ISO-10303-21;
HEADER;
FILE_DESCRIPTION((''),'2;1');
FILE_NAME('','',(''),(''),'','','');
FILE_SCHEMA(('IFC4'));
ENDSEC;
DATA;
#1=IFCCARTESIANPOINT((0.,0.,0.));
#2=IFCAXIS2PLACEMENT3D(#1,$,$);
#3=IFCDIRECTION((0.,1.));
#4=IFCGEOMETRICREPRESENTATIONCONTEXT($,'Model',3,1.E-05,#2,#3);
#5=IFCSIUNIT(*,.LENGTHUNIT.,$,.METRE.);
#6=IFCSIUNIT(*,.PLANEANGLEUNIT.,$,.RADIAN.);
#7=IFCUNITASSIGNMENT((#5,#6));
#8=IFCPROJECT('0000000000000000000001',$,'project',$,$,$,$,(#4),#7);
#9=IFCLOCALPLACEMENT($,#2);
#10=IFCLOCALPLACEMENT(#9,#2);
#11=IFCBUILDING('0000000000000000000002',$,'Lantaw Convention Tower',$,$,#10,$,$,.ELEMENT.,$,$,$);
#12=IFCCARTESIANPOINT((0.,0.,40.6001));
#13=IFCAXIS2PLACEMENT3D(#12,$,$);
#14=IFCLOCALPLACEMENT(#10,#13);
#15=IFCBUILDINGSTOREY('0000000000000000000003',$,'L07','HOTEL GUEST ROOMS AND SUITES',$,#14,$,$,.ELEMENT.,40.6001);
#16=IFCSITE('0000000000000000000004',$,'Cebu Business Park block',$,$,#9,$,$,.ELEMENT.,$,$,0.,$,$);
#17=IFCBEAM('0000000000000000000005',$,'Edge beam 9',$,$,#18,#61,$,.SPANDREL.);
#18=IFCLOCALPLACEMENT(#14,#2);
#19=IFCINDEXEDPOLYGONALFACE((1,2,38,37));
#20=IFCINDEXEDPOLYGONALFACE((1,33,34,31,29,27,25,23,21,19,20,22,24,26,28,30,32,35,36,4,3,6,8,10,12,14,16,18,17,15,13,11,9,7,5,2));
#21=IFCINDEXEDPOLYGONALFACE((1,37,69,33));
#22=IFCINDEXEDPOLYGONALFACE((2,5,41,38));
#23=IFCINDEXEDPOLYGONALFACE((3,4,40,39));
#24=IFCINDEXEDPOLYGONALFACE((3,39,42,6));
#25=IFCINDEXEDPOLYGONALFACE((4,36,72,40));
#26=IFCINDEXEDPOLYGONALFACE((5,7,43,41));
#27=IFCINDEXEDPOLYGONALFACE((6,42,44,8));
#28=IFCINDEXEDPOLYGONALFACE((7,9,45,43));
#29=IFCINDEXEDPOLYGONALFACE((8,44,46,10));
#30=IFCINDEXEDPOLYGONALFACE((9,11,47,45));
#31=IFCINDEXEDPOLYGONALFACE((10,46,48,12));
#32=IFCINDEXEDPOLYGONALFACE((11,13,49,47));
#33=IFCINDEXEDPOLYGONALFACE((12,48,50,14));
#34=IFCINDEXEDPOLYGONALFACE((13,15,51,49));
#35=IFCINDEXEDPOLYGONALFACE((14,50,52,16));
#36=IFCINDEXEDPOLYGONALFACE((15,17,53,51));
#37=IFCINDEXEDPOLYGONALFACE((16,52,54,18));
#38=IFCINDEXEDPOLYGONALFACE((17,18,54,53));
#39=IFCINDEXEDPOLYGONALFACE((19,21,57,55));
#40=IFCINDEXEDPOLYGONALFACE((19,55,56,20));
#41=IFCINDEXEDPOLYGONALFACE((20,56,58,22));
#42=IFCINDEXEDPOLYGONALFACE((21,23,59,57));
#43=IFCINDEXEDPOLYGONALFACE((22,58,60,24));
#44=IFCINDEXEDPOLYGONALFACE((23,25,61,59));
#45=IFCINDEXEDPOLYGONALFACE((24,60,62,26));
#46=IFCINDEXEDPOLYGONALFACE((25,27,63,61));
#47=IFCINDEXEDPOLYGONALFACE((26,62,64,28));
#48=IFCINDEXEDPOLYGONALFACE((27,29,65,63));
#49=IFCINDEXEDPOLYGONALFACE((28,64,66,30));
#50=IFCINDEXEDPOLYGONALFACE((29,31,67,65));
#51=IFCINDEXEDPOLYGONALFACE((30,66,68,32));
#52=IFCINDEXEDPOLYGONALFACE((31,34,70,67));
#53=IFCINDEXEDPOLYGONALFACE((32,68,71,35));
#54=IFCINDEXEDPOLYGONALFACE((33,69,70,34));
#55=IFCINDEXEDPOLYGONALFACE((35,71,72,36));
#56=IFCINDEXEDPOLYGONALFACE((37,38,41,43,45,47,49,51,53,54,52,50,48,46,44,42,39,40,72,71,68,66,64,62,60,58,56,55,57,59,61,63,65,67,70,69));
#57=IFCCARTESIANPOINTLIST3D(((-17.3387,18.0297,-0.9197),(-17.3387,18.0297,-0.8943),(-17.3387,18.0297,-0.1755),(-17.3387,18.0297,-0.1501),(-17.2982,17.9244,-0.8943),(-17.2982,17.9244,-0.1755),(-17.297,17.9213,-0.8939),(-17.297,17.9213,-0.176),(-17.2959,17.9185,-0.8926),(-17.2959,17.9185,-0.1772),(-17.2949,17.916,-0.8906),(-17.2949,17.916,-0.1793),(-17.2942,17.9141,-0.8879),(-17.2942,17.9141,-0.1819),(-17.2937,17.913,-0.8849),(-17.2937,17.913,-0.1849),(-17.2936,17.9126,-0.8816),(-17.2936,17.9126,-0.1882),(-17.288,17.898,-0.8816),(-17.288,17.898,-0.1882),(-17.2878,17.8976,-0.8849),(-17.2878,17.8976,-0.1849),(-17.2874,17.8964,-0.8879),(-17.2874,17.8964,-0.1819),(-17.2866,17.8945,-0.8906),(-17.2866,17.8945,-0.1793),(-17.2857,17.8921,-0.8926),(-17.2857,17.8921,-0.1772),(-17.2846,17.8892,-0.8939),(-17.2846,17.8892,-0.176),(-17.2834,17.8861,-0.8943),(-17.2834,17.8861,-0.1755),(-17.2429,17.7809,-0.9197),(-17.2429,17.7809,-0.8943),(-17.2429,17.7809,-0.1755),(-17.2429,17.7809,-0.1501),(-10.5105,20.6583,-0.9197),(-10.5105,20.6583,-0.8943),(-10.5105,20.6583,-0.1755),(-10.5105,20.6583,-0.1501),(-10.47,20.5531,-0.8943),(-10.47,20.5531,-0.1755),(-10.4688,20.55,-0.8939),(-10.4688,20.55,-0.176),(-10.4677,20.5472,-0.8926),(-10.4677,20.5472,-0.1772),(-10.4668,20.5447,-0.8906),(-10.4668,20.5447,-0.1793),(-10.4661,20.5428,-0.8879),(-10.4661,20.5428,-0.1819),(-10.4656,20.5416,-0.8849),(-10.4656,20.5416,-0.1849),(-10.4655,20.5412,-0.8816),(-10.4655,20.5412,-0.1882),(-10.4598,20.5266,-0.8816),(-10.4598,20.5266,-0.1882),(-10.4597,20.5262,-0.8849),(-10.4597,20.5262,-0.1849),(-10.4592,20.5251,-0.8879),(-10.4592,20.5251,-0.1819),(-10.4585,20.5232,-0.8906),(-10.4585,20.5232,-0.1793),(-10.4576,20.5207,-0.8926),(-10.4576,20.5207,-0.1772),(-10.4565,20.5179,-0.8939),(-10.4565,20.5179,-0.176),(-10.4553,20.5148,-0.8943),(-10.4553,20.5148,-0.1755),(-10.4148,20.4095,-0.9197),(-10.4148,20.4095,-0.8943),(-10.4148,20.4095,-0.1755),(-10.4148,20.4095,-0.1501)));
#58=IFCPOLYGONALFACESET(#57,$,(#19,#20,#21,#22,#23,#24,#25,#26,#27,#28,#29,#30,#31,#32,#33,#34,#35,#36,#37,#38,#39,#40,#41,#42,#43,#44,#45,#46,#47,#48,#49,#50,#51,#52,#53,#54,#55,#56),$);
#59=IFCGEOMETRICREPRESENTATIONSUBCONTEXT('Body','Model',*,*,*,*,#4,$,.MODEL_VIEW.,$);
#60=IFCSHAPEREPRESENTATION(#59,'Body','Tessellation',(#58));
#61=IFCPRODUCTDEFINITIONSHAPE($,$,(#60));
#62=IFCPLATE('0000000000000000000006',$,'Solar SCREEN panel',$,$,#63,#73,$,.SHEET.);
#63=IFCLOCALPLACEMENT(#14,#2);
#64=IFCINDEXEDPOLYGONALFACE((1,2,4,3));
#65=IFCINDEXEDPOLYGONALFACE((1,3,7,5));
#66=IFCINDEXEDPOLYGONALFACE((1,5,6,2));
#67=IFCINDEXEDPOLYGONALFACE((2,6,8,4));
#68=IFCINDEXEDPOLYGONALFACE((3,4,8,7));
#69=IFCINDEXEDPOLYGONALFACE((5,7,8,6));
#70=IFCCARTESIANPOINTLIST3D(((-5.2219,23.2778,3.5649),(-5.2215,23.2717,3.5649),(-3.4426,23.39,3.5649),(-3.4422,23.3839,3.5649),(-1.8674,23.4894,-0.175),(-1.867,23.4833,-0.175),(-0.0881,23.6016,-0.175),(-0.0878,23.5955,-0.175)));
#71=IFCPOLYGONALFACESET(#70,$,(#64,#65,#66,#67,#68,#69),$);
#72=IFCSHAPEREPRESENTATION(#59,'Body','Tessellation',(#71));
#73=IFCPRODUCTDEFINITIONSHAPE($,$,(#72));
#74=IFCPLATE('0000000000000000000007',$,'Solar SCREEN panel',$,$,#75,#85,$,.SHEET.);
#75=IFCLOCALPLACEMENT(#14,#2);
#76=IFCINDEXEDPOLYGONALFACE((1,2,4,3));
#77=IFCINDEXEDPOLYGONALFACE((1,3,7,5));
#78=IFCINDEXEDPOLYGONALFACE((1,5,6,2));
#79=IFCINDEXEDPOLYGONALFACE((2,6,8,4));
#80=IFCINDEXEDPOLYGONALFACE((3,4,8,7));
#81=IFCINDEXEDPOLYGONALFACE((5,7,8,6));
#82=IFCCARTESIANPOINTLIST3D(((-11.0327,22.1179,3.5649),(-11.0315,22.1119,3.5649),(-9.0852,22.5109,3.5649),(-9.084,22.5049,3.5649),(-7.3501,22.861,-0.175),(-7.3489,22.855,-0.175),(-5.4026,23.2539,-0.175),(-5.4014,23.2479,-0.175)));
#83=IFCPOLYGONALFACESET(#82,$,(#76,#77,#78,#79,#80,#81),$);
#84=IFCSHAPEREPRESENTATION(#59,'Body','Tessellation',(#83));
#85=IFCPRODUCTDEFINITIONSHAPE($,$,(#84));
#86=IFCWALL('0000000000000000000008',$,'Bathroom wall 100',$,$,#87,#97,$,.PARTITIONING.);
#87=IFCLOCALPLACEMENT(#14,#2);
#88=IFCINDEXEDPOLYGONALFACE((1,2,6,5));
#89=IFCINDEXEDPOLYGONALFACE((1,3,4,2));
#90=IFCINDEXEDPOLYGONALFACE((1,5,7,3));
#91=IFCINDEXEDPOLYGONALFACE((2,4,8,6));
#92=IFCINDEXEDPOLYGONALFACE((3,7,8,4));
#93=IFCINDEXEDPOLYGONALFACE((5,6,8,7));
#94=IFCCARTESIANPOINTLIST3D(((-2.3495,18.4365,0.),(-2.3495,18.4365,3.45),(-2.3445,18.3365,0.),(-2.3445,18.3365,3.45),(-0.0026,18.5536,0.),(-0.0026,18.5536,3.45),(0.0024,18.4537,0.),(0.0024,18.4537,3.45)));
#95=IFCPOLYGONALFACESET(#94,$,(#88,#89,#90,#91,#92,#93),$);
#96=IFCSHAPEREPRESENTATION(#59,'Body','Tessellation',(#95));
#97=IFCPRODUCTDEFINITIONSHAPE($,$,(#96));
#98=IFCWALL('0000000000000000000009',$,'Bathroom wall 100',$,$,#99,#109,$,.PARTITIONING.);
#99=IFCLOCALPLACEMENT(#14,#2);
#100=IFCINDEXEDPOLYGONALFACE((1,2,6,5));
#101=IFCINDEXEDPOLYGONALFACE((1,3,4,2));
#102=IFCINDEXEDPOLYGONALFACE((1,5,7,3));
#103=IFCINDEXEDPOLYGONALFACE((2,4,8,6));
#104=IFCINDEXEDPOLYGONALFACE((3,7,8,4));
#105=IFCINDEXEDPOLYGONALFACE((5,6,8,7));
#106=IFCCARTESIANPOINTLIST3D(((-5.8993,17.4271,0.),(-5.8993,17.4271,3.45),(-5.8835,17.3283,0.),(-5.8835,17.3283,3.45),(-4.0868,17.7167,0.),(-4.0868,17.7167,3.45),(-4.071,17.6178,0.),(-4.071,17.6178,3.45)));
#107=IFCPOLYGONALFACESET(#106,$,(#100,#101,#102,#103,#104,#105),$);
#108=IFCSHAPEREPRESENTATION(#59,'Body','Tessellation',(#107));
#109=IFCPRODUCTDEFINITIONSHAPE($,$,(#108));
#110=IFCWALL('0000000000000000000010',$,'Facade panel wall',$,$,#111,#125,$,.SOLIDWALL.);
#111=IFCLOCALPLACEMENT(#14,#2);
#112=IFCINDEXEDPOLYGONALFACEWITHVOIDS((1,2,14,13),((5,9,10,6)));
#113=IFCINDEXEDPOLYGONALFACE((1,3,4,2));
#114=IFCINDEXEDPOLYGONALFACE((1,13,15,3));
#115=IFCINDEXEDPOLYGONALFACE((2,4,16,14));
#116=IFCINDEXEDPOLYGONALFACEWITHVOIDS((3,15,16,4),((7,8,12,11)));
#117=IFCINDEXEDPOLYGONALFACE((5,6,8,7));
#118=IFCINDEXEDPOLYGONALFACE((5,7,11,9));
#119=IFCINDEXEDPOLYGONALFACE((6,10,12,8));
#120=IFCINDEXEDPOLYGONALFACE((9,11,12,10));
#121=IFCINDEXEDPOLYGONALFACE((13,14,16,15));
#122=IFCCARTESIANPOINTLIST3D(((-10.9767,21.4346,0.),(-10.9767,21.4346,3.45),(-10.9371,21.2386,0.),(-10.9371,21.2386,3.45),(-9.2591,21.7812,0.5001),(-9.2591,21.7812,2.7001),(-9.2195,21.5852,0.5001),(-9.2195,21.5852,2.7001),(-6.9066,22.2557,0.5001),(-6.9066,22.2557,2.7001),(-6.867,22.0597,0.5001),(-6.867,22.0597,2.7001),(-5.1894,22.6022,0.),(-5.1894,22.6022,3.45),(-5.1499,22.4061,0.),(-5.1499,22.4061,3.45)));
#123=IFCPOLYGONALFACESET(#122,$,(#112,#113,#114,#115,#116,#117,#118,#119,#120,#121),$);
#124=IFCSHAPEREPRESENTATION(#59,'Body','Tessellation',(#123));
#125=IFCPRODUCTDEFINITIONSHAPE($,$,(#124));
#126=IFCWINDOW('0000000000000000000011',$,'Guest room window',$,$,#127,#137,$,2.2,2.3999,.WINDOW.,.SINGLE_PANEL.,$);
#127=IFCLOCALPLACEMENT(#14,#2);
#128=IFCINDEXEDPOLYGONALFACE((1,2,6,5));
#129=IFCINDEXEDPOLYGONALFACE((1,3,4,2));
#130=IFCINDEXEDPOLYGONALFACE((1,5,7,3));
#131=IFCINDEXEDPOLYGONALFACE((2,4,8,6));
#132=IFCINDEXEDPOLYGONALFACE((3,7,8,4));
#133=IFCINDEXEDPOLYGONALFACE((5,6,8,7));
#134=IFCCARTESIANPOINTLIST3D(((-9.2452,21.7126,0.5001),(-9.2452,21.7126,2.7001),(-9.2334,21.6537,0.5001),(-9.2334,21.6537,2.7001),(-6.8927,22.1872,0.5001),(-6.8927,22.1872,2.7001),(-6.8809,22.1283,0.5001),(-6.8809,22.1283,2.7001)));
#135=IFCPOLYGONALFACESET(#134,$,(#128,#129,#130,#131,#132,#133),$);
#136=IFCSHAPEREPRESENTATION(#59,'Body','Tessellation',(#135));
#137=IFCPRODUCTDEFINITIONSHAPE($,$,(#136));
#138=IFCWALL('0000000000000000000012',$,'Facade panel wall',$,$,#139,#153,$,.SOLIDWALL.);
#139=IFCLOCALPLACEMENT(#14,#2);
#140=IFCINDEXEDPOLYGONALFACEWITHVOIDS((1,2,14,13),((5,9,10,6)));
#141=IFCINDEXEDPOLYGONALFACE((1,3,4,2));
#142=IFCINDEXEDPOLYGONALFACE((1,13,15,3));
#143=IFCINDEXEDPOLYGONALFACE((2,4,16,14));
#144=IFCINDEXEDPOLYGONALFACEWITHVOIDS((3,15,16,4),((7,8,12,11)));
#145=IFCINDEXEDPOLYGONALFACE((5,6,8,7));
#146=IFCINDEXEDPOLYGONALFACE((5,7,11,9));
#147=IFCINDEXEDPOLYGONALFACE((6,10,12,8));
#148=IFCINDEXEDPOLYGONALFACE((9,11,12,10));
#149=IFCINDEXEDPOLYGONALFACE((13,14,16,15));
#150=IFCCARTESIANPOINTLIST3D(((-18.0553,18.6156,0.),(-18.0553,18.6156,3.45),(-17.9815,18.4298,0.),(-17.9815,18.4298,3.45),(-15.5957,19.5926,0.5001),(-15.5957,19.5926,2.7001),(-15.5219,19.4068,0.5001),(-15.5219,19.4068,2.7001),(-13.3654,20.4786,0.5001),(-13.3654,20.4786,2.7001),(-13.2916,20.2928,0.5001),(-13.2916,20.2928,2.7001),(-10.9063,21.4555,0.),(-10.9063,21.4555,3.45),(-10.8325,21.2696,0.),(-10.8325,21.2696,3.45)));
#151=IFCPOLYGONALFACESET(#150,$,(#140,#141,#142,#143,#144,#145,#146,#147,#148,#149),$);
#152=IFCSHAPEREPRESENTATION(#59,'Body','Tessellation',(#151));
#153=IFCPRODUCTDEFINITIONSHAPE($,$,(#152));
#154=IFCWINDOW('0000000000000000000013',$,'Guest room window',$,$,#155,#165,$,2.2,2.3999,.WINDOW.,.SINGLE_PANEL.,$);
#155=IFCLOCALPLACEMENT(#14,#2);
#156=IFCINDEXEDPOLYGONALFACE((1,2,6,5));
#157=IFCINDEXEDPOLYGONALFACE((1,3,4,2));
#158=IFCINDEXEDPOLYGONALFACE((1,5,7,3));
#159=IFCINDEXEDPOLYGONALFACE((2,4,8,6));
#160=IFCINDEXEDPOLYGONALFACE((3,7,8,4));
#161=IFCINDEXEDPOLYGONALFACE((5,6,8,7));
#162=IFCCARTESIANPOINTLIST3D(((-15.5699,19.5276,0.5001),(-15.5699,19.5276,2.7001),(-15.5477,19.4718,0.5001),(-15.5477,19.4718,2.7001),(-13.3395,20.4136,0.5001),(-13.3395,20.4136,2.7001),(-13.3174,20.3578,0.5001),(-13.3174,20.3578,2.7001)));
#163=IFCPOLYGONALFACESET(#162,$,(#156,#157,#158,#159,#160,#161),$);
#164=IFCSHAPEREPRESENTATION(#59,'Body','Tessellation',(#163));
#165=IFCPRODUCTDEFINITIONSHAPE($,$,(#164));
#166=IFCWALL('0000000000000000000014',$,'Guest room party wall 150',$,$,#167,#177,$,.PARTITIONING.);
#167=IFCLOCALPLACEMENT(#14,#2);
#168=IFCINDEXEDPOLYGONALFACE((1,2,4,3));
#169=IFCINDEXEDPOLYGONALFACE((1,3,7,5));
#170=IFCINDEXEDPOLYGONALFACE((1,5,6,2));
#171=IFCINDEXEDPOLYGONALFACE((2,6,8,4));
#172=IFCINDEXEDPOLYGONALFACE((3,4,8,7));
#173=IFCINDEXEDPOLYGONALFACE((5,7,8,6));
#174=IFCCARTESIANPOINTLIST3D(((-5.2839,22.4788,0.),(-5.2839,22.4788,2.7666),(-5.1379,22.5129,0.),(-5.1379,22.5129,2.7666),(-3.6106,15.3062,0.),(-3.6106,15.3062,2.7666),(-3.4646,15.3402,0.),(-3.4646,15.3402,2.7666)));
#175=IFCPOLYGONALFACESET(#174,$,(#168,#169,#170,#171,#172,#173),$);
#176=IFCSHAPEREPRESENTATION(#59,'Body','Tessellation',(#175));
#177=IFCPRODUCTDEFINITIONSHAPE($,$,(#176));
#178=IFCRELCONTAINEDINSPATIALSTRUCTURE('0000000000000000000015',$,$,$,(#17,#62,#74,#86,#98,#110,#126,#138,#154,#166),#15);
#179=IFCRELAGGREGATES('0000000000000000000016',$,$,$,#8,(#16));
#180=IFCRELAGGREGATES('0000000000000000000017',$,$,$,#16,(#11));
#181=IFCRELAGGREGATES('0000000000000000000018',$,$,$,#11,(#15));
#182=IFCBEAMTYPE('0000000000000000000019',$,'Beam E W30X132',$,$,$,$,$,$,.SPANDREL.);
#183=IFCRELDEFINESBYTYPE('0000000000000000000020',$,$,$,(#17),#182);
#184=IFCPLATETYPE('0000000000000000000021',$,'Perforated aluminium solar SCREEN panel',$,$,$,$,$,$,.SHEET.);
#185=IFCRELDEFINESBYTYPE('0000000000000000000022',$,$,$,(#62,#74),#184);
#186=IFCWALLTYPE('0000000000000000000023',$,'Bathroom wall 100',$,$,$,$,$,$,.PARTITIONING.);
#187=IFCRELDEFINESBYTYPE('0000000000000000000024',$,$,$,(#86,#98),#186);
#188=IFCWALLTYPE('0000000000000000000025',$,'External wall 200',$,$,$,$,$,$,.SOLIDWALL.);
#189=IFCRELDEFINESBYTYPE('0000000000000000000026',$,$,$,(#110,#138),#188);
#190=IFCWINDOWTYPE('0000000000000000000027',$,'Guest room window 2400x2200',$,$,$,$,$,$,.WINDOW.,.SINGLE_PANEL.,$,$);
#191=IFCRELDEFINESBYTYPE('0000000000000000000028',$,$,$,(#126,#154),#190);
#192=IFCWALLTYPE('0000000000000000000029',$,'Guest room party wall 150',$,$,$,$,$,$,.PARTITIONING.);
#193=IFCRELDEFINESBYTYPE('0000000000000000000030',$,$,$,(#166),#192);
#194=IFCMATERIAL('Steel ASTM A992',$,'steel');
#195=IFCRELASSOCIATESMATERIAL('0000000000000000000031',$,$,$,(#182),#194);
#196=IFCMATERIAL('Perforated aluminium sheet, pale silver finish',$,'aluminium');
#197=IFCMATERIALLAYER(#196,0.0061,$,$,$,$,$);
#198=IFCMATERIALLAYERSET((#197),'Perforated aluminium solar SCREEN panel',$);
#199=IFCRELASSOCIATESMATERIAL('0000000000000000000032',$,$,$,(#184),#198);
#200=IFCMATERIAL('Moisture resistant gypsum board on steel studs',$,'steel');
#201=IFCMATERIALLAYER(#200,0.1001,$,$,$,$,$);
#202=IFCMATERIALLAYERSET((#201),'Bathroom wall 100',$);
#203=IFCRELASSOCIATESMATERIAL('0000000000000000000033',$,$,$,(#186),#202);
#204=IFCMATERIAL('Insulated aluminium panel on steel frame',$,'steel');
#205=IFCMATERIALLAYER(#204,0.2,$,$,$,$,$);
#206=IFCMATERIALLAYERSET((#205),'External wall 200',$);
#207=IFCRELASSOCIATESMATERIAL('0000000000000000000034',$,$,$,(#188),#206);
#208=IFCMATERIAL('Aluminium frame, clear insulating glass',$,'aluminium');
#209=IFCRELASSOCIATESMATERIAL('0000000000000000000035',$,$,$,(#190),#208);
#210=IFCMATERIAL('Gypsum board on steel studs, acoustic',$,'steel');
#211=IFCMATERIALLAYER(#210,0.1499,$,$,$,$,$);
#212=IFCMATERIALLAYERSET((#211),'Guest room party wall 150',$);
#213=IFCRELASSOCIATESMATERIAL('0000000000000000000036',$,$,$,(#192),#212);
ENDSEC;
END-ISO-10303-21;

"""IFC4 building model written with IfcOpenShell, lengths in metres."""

from ifc_helpers import new_model, si_unit, direction, frame, frame_2d, origin, origin_2d, place, context, subcontext, project, spatial, polyline, rectangle, i_section, outline, extrude, material, layer, layer_set, material_profile, profile_set, type_object, element, fill, save


model = new_model("IFC4")

# Units and contexts
model_context = context("Model", 3, precision=1e-05, world=origin(), true_north=direction((0.0, 1.0)))
body_context = subcontext(model_context, "Body", "Model", "MODEL_VIEW")
ifc_project = project(units=[si_unit("LENGTHUNIT", "METRE"), si_unit("PLANEANGLEUNIT", "RADIAN")], contexts=[model_context])

# Site, building, storey
site_placement = place(None, origin())
site = spatial("IfcSite", under=ifc_project, at=site_placement, Name="Cebu Business Park block", CompositionType="ELEMENT", RefElevation=0.0)
building_placement = place(site_placement, origin())
building = spatial("IfcBuilding", under=site, at=building_placement, Name="Lantaw Convention Tower", CompositionType="ELEMENT")
storey_placement = place(building_placement, frame((0.0, 0.0, 40.6001)))
storey = spatial("IfcBuildingStorey", under=building, at=storey_placement, Name="L07", Description="HOTEL GUEST ROOMS AND SUITES", CompositionType="ELEMENT", Elevation=40.6001)

# Beam
ifc_material_1 = material(Name="Steel ASTM A992", Category="steel")
ifc_material_profile_1 = material_profile(ifc_material_1, i_section(OverallWidth=0.2666, OverallDepth=0.7695, WebThickness=0.0156, FlangeThickness=0.0254, FilletRadius=0.0127, at=origin_2d()), Name="W30X132")
ifc_profile_set_1 = profile_set([ifc_material_profile_1], Name="Steel ASTM A992")
beam_type = type_object("IfcBeamType", Name="Beam E W30X132", PredefinedType="SPANDREL", material=ifc_profile_set_1)
beam_1_placement = place(storey_placement, frame((-10.4626, 20.5339, -0.5349), z_axis=(-0.933233, -0.359272, 0.0), x_axis=(0.359272, -0.933233, 0.0)))
element("IfcBeam", 1, at=beam_1_placement, inside=storey, type_object=beam_type, Name="Edge beam 9", PredefinedType="SPANDREL", context=body_context, shape_type="SweptSolid", body=[
    extrude(i_section(OverallWidth=0.2666, OverallDepth=0.7695, WebThickness=0.0156, FlangeThickness=0.0254, FilletRadius=0.0127, at=origin_2d()), origin(), (0.0, 0.0, 1.0), 7.3167),
])

# Plates
ifc_material_2 = material(Name="Perforated aluminium sheet, pale silver finish", Category="aluminium")
ifc_layer_1 = layer(ifc_material_2, 0.0061)
ifc_layer_set_1 = layer_set([ifc_layer_1], Name="Perforated aluminium solar SCREEN panel")
plate_type = type_object("IfcPlateType", Name="Perforated aluminium solar SCREEN panel", PredefinedType="SHEET", material=ifc_layer_set_1)
plate_1_placement = place(storey_placement, frame((-0.0881, 23.6016, -0.175), z_axis=(-0.062924, 0.998018, 0.000014), x_axis=(-0.998018, -0.062924, 0.0)))
element("IfcPlate", 2, at=plate_1_placement, inside=storey, type_object=plate_type, Name="Solar SCREEN panel", PredefinedType="SHEET", context=body_context, shape_type="SweptSolid", body=[
    extrude(outline(polyline([(0.0, 0.0), (1.7828, 0.0), (5.144, 3.74), (3.3611, 3.74), (0.0, 0.0)])), origin(), (0.0, 0.0, -1.0), 0.0061),
])
plate_2_placement = place(storey_placement, frame((-5.4026, 23.2539, -0.175), z_axis=(-0.197782, 0.980246, 0.000002), x_axis=(-0.980246, -0.197782, 0.0)))
element("IfcPlate", 3, at=plate_2_placement, inside=storey, type_object=plate_type, Name="Solar SCREEN panel", PredefinedType="SHEET", context=body_context, shape_type="SweptSolid", body=[
    extrude(outline(polyline([(0.0, 0.0), (1.9867, 0.0), (5.7436, 3.74), (3.7568, 3.74), (0.0, 0.0)])), origin(), (0.0, 0.0, -1.0), 0.0061),
])

# Walls
ifc_material_3 = material(Name="Moisture resistant gypsum board on steel studs", Category="steel")
ifc_layer_2 = layer(ifc_material_3, 0.1001)
ifc_layer_set_2 = layer_set([ifc_layer_2], Name="Bathroom wall 100")
wall_type_1 = type_object("IfcWallType", Name="Bathroom wall 100", PredefinedType="PARTITIONING", material=ifc_layer_set_2)
wall_1_placement = place(storey_placement, frame((-2.3469, 18.3865, 0.0), z_axis=(0.0, 0.0, 1.0), x_axis=(0.998756, 0.04987, 0.0)))
element("IfcWall", 4, at=wall_1_placement, inside=storey, type_object=wall_type_1, Name="Bathroom wall 100", PredefinedType="PARTITIONING", context=body_context, shape_type="SweptSolid", body=[
    extrude(rectangle(XDim=2.3499, YDim=0.1001, at=frame_2d((1.1748, 0.0))), origin(), (0.0, 0.0, 1.0), 3.45),
])
wall_2_placement = place(storey_placement, frame((-5.8914, 17.3777, 0.0), z_axis=(0.0, 0.0, 1.0), x_axis=(0.987479, 0.157752, 0.0)))
element("IfcWall", 5, at=wall_2_placement, inside=storey, type_object=wall_type_1, Name="Bathroom wall 100", PredefinedType="PARTITIONING", context=body_context, shape_type="SweptSolid", body=[
    extrude(rectangle(XDim=1.8354, YDim=0.1001, at=frame_2d((0.9177, 0.0))), origin(), (0.0, 0.0, 1.0), 3.45),
])

# Walls, openings, windows
ifc_material_4 = material(Name="Insulated aluminium panel on steel frame", Category="steel")
ifc_layer_3 = layer(ifc_material_4, 0.2)
ifc_layer_set_3 = layer_set([ifc_layer_3], Name="External wall 200")
wall_type_2 = type_object("IfcWallType", Name="External wall 200", PredefinedType="SOLIDWALL", material=ifc_layer_set_3)
wall_3_placement = place(storey_placement, frame((-5.1697, 22.5042, 0.0), z_axis=(0.0, 0.0, 1.0), x_axis=(-0.980252, -0.197754, 0.0)))
wall_3 = element("IfcWall", 6, at=wall_3_placement, inside=storey, type_object=wall_type_2, Name="Facade panel wall", PredefinedType="SOLIDWALL", context=body_context, shape_type="SweptSolid", body=[
    extrude(rectangle(XDim=5.9038, YDim=0.2, at=frame_2d((2.9519, 0.0))), origin(), (0.0, 0.0, 1.0), 3.45),
])
opening_1_placement = place(wall_3_placement, frame((1.7517, 0.0, 0.5)))
opening_1 = element("IfcOpeningElement", 7, at=opening_1_placement, cuts=wall_3, PredefinedType="OPENING", context=body_context, shape_type="SweptSolid", body=[
    extrude(rectangle(XDim=2.3999, YDim=2.2, at=frame_2d((1.2, 1.1001))), frame((0.0, 0.1099, 0.0), z_axis=(0.0, -1.0, 0.0), x_axis=(1.0, 0.0, 0.0)), (0.0, 0.0, 1.0), 0.22),
])
ifc_material_5 = material(Name="Aluminium frame, clear insulating glass", Category="aluminium")
window_type = type_object("IfcWindowType", Name="Guest room window 2400x2200", PartitioningType="SINGLE_PANEL", PredefinedType="WINDOW", material=ifc_material_5)
window_1_placement = place(opening_1_placement, origin())
window_1 = element("IfcWindow", 8, at=window_1_placement, inside=storey, type_object=window_type, Name="Guest room window", OverallHeight=2.2, OverallWidth=2.3999, PartitioningType="SINGLE_PANEL", PredefinedType="WINDOW", context=body_context, shape_type="SweptSolid", body=[
    extrude(rectangle(XDim=2.3999, YDim=2.2, at=frame_2d((1.2, 1.1001))), frame((0.0, 0.03, 0.0), z_axis=(0.0, -1.0, 0.0), x_axis=(1.0, 0.0, 0.0)), (0.0, 0.0, 1.0), 0.0601),
])
fill(opening_1, window_1)
wall_4_placement = place(storey_placement, frame((-10.8694, 21.3625, 0.0), z_axis=(0.0, 0.0, 1.0), x_axis=(-0.929358, -0.369179, 0.0)))
wall_4 = element("IfcWall", 9, at=wall_4_placement, inside=storey, type_object=wall_type_2, Name="Facade panel wall", PredefinedType="SOLIDWALL", context=body_context, shape_type="SweptSolid", body=[
    extrude(rectangle(XDim=7.6924, YDim=0.2, at=frame_2d((3.8462, 0.0))), origin(), (0.0, 0.0, 1.0), 3.45),
])
opening_2_placement = place(wall_4_placement, frame((2.646, 0.0, 0.5)))
opening_2 = element("IfcOpeningElement", 10, at=opening_2_placement, cuts=wall_4, PredefinedType="OPENING", context=body_context, shape_type="SweptSolid", body=[
    extrude(rectangle(XDim=2.3999, YDim=2.2, at=frame_2d((1.2, 1.1001))), frame((0.0, 0.1099, 0.0), z_axis=(0.0, -1.0, 0.0), x_axis=(1.0, 0.0, 0.0)), (0.0, 0.0, 1.0), 0.22),
])
window_2_placement = place(opening_2_placement, origin())
window_2 = element("IfcWindow", 11, at=window_2_placement, inside=storey, type_object=window_type, Name="Guest room window", OverallHeight=2.2, OverallWidth=2.3999, PartitioningType="SINGLE_PANEL", PredefinedType="WINDOW", context=body_context, shape_type="SweptSolid", body=[
    extrude(rectangle(XDim=2.3999, YDim=2.2, at=frame_2d((1.2, 1.1001))), frame((0.0, 0.03, 0.0), z_axis=(0.0, -1.0, 0.0), x_axis=(1.0, 0.0, 0.0)), (0.0, 0.0, 1.0), 0.0601),
])
fill(opening_2, window_2)

# Wall
ifc_material_6 = material(Name="Gypsum board on steel studs, acoustic", Category="steel")
ifc_layer_4 = layer(ifc_material_6, 0.1499)
ifc_layer_set_4 = layer_set([ifc_layer_4], Name="Guest room party wall 150")
wall_type_3 = type_object("IfcWallType", Name="Guest room party wall 150", PredefinedType="PARTITIONING", material=ifc_layer_set_4)
wall_5_placement = place(storey_placement, frame((-5.2109, 22.4958, 0.0), z_axis=(0.0, 0.0, 1.0), x_axis=(0.227195, -0.973849, 0.0)))
element("IfcWall", 12, at=wall_5_placement, inside=storey, type_object=wall_type_3, Name="Guest room party wall 150", PredefinedType="PARTITIONING", context=body_context, shape_type="SweptSolid", body=[
    extrude(rectangle(XDim=7.3652, YDim=0.1499, at=frame_2d((3.6826, 0.0))), origin(), (0.0, 0.0, 1.0), 2.7666),
])

save(model, "model.ifc")
